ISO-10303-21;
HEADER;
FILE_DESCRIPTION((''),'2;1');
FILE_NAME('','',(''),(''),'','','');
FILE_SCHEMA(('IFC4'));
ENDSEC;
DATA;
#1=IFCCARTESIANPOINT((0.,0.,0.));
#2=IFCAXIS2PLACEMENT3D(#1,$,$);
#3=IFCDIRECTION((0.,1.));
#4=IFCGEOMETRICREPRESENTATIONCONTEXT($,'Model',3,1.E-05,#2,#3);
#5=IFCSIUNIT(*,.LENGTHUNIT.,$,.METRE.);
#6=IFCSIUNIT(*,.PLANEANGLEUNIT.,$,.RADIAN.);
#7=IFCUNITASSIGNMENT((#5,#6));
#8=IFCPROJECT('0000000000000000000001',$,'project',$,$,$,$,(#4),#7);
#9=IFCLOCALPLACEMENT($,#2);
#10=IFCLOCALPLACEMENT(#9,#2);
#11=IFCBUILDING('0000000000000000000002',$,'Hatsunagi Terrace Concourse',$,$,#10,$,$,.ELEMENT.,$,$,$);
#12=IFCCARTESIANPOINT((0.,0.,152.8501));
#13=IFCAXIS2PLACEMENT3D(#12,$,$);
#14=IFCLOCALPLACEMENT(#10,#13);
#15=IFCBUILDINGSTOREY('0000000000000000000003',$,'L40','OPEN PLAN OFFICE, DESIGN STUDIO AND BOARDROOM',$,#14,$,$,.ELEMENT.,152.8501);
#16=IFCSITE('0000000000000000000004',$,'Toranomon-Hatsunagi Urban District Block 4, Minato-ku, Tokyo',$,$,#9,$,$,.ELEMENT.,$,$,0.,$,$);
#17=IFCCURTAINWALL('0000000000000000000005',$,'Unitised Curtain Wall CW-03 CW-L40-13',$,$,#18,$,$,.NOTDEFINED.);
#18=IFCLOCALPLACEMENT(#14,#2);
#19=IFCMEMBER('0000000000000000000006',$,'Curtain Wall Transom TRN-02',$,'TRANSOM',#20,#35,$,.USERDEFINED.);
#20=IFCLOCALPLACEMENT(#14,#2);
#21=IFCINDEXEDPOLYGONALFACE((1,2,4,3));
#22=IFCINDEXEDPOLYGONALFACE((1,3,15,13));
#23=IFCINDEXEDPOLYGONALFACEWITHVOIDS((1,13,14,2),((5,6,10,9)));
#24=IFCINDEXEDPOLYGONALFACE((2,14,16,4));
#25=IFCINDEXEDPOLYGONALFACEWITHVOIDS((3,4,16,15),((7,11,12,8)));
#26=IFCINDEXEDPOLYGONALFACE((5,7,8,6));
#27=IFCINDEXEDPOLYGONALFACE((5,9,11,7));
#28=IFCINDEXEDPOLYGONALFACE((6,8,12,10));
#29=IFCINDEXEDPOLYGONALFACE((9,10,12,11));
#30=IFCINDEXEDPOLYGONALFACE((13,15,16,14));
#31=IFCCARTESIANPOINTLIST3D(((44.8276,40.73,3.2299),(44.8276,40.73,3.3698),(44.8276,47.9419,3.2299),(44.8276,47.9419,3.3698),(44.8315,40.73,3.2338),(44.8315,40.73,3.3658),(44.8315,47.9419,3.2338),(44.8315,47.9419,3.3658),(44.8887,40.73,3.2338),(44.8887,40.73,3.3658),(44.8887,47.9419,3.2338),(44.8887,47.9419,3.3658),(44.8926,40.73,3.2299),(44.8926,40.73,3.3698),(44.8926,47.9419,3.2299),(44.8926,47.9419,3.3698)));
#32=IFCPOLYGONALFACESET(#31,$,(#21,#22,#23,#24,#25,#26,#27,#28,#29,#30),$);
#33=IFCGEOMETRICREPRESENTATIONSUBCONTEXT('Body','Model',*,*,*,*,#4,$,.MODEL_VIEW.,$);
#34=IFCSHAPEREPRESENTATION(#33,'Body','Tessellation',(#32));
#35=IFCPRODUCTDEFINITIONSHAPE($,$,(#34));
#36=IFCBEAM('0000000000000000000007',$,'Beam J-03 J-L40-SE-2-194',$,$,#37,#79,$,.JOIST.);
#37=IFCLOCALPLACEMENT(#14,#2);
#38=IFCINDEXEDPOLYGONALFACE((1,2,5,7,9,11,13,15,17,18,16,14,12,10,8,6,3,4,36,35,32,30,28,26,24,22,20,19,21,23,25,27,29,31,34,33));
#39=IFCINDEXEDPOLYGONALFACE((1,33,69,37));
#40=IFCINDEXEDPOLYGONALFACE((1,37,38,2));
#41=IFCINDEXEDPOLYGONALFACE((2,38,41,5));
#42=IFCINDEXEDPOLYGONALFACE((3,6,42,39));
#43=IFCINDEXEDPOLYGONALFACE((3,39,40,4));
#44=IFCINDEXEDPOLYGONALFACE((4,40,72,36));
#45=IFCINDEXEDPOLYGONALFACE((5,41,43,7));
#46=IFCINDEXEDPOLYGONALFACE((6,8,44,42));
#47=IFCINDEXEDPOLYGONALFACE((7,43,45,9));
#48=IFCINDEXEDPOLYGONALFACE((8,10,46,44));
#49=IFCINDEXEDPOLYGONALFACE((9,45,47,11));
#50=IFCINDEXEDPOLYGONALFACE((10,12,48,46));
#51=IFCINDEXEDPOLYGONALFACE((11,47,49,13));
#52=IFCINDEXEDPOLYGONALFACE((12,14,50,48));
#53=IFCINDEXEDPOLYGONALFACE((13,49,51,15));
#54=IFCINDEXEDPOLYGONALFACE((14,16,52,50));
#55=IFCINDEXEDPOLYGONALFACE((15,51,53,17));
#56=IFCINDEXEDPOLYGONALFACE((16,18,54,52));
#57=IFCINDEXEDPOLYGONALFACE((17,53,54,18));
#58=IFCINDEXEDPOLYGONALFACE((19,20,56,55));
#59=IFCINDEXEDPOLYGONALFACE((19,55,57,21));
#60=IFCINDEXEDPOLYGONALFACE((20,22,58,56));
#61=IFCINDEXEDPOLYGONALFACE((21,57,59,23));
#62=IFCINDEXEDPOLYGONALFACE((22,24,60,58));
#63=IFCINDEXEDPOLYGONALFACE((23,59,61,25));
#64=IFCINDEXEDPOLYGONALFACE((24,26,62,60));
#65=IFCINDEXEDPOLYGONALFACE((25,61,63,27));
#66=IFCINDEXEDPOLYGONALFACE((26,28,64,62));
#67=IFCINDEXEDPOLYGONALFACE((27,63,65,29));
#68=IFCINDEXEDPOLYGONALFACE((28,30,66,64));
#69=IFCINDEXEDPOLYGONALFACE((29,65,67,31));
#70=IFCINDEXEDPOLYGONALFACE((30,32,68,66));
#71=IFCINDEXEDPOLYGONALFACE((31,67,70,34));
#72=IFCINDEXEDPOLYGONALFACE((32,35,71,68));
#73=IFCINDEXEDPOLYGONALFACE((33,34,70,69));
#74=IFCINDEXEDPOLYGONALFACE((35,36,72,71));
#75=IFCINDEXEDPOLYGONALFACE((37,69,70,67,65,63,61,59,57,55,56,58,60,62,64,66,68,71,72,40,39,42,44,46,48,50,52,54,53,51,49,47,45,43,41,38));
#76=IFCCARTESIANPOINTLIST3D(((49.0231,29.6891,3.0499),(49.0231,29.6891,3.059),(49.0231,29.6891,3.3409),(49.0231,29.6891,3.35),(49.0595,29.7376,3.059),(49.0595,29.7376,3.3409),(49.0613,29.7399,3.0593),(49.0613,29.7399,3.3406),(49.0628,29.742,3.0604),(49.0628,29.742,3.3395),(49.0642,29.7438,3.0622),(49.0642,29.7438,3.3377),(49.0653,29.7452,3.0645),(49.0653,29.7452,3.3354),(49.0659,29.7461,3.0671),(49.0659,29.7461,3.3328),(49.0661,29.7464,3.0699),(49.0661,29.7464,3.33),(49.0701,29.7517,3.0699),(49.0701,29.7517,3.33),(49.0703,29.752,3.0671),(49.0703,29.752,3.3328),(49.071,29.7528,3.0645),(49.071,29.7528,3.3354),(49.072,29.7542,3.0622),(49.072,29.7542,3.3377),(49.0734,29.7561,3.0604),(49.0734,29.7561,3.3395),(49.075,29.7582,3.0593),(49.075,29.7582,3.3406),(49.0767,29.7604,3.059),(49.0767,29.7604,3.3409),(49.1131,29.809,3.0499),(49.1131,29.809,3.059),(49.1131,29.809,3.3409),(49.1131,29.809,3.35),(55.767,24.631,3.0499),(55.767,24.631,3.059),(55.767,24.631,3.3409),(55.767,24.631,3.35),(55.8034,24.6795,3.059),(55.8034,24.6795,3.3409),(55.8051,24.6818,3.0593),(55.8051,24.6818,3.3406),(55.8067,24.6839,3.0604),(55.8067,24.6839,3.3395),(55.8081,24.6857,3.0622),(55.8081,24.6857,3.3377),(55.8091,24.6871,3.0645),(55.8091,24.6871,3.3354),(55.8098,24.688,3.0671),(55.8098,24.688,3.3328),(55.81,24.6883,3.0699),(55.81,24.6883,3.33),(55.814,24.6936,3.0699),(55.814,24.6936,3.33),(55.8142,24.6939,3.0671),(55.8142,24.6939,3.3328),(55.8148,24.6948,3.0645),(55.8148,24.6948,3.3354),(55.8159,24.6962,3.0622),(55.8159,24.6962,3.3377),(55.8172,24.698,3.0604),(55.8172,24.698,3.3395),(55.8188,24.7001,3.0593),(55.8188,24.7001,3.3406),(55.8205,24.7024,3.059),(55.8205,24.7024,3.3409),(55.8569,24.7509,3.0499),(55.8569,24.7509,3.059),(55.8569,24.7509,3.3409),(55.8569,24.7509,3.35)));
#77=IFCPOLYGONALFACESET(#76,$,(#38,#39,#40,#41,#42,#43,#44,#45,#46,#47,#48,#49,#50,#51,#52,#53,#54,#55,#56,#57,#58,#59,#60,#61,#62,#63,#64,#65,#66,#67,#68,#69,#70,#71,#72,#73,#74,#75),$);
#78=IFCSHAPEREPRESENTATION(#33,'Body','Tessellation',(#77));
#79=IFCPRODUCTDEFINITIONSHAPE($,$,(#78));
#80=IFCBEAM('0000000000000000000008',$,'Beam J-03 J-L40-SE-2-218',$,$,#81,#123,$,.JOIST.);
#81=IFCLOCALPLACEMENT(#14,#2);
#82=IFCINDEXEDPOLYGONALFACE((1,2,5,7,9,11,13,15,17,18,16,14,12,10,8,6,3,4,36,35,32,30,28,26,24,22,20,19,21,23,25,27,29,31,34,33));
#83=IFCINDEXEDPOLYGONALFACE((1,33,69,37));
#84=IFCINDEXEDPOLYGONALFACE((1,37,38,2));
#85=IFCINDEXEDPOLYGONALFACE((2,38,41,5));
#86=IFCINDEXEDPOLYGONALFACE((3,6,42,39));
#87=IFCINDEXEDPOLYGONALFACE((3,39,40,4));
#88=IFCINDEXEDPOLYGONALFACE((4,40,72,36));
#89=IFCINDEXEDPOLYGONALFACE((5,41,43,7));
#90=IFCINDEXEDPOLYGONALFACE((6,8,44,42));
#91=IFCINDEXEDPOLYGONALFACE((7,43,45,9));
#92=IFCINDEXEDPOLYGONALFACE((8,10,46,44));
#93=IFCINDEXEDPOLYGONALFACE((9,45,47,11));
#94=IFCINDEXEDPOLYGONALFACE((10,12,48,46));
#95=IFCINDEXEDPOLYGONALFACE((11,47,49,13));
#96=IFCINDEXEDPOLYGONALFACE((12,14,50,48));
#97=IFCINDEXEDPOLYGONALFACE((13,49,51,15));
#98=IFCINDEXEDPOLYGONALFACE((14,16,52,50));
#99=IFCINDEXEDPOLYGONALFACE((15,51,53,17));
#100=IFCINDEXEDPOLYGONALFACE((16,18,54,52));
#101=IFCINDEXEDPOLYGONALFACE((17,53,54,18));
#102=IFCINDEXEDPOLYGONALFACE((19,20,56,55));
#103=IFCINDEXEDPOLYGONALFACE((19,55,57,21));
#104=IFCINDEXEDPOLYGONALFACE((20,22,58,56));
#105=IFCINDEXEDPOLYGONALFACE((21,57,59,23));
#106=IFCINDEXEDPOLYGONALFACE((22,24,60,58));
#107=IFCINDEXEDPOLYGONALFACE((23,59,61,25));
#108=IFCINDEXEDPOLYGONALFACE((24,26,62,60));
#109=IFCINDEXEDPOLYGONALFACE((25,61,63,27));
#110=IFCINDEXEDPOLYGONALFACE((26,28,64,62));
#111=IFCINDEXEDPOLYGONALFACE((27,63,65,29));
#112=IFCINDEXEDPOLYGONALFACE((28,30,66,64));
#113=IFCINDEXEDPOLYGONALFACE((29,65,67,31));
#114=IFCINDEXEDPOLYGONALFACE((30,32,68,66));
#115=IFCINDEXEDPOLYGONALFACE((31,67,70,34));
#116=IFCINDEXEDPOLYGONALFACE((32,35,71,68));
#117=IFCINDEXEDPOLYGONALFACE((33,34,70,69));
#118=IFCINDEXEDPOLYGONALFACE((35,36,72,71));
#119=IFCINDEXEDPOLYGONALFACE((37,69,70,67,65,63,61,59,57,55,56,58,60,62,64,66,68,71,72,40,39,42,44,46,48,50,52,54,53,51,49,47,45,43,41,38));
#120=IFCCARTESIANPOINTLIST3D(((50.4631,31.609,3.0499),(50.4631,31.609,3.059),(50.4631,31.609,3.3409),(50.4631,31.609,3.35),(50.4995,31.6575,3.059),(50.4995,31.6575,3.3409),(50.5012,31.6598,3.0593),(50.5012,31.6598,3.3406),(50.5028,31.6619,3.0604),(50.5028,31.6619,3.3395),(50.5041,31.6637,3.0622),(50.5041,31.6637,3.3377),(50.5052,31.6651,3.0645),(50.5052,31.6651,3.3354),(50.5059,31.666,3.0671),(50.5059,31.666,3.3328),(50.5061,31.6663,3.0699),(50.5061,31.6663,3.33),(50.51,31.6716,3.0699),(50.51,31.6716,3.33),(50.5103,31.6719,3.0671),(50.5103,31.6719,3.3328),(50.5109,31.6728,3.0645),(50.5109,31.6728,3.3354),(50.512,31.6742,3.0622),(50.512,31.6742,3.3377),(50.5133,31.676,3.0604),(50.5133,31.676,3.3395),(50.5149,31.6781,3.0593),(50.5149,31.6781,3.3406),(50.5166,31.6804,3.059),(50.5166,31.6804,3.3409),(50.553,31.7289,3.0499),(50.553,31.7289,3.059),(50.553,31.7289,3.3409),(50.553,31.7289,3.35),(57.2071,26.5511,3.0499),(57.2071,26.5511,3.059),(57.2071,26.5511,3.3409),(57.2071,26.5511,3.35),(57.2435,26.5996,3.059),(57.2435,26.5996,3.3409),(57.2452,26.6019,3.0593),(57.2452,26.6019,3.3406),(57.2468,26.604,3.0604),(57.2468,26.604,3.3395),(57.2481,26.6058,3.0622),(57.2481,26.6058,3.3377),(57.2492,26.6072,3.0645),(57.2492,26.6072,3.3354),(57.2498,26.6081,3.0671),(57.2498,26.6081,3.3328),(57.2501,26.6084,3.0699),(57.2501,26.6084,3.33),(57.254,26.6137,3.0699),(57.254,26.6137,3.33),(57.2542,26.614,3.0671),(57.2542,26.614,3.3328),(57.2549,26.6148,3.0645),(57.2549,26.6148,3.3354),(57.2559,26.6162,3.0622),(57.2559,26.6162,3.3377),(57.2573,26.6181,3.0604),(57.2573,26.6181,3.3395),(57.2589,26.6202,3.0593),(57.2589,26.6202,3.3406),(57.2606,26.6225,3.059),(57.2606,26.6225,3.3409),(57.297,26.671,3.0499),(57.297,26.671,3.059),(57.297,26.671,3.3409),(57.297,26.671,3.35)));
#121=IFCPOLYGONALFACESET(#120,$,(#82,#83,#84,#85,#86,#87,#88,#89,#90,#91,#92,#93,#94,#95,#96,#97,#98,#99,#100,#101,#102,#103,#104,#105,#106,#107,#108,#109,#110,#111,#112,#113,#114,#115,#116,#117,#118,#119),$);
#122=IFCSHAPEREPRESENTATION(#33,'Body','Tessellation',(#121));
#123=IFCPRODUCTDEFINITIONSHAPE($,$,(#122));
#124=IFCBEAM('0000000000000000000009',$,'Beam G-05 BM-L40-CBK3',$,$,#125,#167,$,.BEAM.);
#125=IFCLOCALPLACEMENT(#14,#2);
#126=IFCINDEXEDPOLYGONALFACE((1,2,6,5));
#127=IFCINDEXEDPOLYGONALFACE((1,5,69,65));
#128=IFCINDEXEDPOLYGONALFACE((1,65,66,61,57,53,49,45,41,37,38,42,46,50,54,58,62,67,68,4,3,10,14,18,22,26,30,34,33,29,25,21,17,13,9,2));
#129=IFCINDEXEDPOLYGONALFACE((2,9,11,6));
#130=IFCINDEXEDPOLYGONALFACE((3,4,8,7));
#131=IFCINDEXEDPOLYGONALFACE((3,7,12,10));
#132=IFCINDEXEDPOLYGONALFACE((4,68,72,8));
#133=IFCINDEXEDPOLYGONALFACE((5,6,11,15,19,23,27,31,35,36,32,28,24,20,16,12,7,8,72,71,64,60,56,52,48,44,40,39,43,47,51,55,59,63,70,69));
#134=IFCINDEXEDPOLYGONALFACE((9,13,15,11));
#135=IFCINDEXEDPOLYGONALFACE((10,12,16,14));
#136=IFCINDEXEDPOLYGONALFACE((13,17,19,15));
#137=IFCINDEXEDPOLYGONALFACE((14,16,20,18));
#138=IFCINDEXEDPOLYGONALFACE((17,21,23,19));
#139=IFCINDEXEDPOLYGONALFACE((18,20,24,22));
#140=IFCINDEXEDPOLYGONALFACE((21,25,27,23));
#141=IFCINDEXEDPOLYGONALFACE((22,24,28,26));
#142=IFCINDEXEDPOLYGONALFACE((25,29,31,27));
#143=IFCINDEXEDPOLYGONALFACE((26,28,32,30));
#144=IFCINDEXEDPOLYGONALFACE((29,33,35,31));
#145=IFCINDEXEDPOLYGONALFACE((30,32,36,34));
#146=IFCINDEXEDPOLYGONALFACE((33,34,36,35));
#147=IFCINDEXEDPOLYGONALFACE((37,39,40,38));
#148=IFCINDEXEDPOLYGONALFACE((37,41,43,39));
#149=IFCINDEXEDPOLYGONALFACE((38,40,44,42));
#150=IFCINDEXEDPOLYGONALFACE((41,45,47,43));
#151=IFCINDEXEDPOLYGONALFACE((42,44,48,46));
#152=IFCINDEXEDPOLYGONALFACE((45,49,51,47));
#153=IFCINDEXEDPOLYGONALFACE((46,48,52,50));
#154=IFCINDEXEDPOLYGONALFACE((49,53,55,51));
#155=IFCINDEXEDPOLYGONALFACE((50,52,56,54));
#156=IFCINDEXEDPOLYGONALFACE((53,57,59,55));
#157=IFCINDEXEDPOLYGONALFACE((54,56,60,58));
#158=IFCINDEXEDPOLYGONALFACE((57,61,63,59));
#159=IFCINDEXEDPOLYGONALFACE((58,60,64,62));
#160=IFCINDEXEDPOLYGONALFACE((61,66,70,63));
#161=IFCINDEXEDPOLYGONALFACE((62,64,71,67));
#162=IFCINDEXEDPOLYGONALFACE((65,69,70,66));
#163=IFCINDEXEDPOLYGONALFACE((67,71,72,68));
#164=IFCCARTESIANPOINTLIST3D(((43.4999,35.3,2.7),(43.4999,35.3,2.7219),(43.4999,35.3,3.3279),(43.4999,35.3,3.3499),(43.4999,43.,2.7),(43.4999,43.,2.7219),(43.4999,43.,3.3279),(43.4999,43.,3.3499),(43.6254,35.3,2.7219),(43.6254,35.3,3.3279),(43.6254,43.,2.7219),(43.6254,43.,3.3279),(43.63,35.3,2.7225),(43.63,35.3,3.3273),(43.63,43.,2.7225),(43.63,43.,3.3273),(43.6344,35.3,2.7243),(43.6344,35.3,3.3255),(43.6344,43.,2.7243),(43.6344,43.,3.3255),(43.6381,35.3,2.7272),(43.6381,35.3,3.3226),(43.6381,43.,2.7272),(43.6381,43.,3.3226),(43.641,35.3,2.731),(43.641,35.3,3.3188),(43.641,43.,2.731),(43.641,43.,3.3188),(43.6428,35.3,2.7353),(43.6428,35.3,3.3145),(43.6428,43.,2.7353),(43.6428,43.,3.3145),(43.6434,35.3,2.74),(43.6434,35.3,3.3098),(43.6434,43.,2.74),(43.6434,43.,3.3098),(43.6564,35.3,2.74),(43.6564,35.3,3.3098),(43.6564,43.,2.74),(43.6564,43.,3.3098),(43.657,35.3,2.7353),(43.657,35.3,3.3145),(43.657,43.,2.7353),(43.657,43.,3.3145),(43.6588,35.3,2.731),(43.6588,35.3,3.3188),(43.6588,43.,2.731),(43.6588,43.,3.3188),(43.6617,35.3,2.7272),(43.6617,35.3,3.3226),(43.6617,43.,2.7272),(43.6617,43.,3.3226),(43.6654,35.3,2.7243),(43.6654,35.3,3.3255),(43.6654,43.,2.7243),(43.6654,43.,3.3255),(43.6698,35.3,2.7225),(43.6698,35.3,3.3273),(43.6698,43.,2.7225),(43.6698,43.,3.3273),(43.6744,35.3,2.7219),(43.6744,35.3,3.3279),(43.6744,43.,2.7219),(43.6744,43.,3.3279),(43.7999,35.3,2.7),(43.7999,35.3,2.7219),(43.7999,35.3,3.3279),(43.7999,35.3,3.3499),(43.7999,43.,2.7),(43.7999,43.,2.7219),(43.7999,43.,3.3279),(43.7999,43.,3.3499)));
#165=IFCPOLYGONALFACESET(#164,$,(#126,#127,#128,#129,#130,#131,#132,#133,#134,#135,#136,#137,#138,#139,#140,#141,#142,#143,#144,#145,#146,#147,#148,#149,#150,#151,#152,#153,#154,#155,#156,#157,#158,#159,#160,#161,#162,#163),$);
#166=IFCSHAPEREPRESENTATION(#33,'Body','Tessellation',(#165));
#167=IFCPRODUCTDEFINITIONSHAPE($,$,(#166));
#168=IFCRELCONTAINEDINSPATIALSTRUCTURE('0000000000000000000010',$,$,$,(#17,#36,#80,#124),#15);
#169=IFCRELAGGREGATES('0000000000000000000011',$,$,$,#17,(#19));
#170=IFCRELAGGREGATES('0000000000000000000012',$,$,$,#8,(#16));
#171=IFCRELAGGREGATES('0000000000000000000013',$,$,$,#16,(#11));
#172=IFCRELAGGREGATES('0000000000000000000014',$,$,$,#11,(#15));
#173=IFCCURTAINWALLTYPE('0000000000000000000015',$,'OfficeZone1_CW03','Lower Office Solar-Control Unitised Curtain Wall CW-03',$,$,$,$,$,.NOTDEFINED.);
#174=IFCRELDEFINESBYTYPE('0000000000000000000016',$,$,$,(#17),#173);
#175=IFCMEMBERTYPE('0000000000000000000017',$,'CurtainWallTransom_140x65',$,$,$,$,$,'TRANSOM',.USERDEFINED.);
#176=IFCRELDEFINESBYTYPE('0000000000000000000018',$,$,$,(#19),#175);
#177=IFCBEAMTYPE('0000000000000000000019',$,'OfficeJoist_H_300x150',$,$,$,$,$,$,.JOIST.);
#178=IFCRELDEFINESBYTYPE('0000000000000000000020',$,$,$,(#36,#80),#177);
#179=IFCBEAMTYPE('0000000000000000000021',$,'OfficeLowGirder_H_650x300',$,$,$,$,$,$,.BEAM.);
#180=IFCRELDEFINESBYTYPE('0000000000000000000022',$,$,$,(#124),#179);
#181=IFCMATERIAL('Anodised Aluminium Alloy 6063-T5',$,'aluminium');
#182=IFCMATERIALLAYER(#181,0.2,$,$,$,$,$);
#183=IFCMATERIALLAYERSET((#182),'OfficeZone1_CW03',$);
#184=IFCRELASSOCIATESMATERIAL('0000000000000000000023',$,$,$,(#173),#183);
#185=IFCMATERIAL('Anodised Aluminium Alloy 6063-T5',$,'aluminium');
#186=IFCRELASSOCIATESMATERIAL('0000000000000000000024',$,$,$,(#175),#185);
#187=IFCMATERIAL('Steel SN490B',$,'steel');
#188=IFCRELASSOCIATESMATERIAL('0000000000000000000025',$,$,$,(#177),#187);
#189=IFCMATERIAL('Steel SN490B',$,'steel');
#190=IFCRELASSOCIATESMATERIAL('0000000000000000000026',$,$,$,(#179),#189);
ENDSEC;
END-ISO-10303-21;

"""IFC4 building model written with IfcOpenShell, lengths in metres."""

from ifc_helpers import new_model, si_unit, direction, frame, origin, origin_2d, place, context, subcontext, project, spatial, hollow_rectangle, i_section, extrude, material, layer, layer_set, material_profile, profile_set, type_object, element, aggregate, save


model = new_model("IFC4")

# Units and contexts
model_context = context("Model", 3, precision=1e-05, world=origin(), true_north=direction((0.0, 1.0)))
body_context = subcontext(model_context, "Body", "Model", "MODEL_VIEW")
ifc_project = project(units=[si_unit("LENGTHUNIT", "METRE"), si_unit("PLANEANGLEUNIT", "RADIAN")], contexts=[model_context])

# Site, building, storey
site_placement = place(None, origin())
site = spatial("IfcSite", under=ifc_project, at=site_placement, Name="Toranomon-Hatsunagi Urban District Block 4, Minato-ku, Tokyo", CompositionType="ELEMENT", RefElevation=0.0)
building_placement = place(site_placement, origin())
building = spatial("IfcBuilding", under=site, at=building_placement, Name="Hatsunagi Terrace Concourse", CompositionType="ELEMENT")
storey_placement = place(building_placement, frame((0.0, 0.0, 152.8501)))
storey = spatial("IfcBuildingStorey", under=building, at=storey_placement, Name="L40", Description="OPEN PLAN OFFICE, DESIGN STUDIO AND BOARDROOM", CompositionType="ELEMENT", Elevation=152.8501)

# Curtain wall, member
ifc_material_1 = material(Name="Anodised Aluminium Alloy 6063-T5", Category="aluminium")
ifc_layer_1 = layer(ifc_material_1, 0.2)
ifc_layer_set_1 = layer_set([ifc_layer_1], Name="OfficeZone1_CW03")
curtain_wall_type = type_object("IfcCurtainWallType", Name="OfficeZone1_CW03", Description="Lower Office Solar-Control Unitised Curtain Wall CW-03", PredefinedType="NOTDEFINED", material=ifc_layer_set_1)
curtain_wall_placement = place(storey_placement, origin())
curtain_wall = element("IfcCurtainWall", 1, at=curtain_wall_placement, inside=storey, type_object=curtain_wall_type, Name="Unitised Curtain Wall CW-03 CW-L40-13", PredefinedType="NOTDEFINED")
ifc_material_2 = material(Name="Anodised Aluminium Alloy 6063-T5", Category="aluminium")
ifc_material_profile_1 = material_profile(ifc_material_2, hollow_rectangle(XDim=0.0649, YDim=0.1399, WallThickness=0.0039, at=origin_2d()), Name="ALU-TRN-140x65x4")
ifc_profile_set_1 = profile_set([ifc_material_profile_1], Name="Anodised Aluminium Alloy 6063-T5")
member_type_1 = type_object("IfcMemberType", Name="CurtainWallTransom_140x65", ElementType="TRANSOM", PredefinedType="USERDEFINED", material=ifc_profile_set_1)
member_1_placement = place(storey_placement, frame((44.8601, 47.9419, 3.2998), z_axis=(0.0, -1.0, 0.0), x_axis=(1.0, 0.0, 0.0)))
member_1 = element("IfcMember", 2, at=member_1_placement, type_object=member_type_1, Name="Curtain Wall Transom TRN-02", ObjectType="TRANSOM", PredefinedType="USERDEFINED", context=body_context, shape_type="SweptSolid", body=[
    extrude(hollow_rectangle(XDim=0.0649, YDim=0.1399, WallThickness=0.0039, at=origin_2d()), origin(), (0.0, 0.0, 1.0), 7.2119),
])

# Beams
ifc_material_3 = material(Name="Steel SN490B", Category="steel")
ifc_material_profile_2 = material_profile(ifc_material_3, i_section(OverallWidth=0.1499, OverallDepth=0.3, WebThickness=0.0066, FlangeThickness=0.009, FilletRadius=0.011, at=origin_2d()), Name="H-300x150x6.5x9")
ifc_profile_set_2 = profile_set([ifc_material_profile_2], Name="Steel SN490B")
beam_type_1 = type_object("IfcBeamType", Name="OfficeJoist_H_300x150", PredefinedType="JOIST", material=ifc_profile_set_2)
for number, where, z_axis, x_axis, name in (
    (3, (49.0681, 29.749, 3.2), (0.79999, -0.600014, 0.0), (0.600014, 0.79999, 0.0), "Beam J-03 J-L40-SE-2-194"),
    (4, (50.5081, 31.6689, 3.2), (0.800003, -0.599995, 0.0), (0.599995, 0.800003, 0.0), "Beam J-03 J-L40-SE-2-218"),
):
    element("IfcBeam", number, at=place(storey_placement, frame(where, z_axis=z_axis, x_axis=x_axis)), inside=storey, type_object=beam_type_1, Name=name, PredefinedType="JOIST", context=body_context, shape_type="SweptSolid", body=[
        extrude(i_section(OverallWidth=0.1499, OverallDepth=0.3, WebThickness=0.0066, FlangeThickness=0.009, FilletRadius=0.011, at=origin_2d()), origin(), (0.0, 0.0, 1.0), 8.4299),
    ])
ifc_material_4 = material(Name="Steel SN490B", Category="steel")
ifc_material_profile_3 = material_profile(ifc_material_4, i_section(OverallWidth=0.3, OverallDepth=0.6499, WebThickness=0.0129, FlangeThickness=0.022, FilletRadius=0.0181, at=origin_2d()), Name="H-650x300x13x22")
ifc_profile_set_3 = profile_set([ifc_material_profile_3], Name="Steel SN490B")
beam_type_2 = type_object("IfcBeamType", Name="OfficeLowGirder_H_650x300", PredefinedType="BEAM", material=ifc_profile_set_3)
beam_1_placement = place(storey_placement, frame((43.6499, 35.3, 3.0249), z_axis=(0.0, 1.0, 0.0), x_axis=(-1.0, 0.0, 0.0)))
element("IfcBeam", 5, at=beam_1_placement, inside=storey, type_object=beam_type_2, Name="Beam G-05 BM-L40-CBK3", PredefinedType="BEAM", context=body_context, shape_type="SweptSolid", body=[
    extrude(i_section(OverallWidth=0.3, OverallDepth=0.6499, WebThickness=0.0129, FlangeThickness=0.022, FilletRadius=0.0181, at=origin_2d()), origin(), (0.0, 0.0, 1.0), 7.7),
])

aggregate(curtain_wall, [member_1])

save(model, "model.ifc")
